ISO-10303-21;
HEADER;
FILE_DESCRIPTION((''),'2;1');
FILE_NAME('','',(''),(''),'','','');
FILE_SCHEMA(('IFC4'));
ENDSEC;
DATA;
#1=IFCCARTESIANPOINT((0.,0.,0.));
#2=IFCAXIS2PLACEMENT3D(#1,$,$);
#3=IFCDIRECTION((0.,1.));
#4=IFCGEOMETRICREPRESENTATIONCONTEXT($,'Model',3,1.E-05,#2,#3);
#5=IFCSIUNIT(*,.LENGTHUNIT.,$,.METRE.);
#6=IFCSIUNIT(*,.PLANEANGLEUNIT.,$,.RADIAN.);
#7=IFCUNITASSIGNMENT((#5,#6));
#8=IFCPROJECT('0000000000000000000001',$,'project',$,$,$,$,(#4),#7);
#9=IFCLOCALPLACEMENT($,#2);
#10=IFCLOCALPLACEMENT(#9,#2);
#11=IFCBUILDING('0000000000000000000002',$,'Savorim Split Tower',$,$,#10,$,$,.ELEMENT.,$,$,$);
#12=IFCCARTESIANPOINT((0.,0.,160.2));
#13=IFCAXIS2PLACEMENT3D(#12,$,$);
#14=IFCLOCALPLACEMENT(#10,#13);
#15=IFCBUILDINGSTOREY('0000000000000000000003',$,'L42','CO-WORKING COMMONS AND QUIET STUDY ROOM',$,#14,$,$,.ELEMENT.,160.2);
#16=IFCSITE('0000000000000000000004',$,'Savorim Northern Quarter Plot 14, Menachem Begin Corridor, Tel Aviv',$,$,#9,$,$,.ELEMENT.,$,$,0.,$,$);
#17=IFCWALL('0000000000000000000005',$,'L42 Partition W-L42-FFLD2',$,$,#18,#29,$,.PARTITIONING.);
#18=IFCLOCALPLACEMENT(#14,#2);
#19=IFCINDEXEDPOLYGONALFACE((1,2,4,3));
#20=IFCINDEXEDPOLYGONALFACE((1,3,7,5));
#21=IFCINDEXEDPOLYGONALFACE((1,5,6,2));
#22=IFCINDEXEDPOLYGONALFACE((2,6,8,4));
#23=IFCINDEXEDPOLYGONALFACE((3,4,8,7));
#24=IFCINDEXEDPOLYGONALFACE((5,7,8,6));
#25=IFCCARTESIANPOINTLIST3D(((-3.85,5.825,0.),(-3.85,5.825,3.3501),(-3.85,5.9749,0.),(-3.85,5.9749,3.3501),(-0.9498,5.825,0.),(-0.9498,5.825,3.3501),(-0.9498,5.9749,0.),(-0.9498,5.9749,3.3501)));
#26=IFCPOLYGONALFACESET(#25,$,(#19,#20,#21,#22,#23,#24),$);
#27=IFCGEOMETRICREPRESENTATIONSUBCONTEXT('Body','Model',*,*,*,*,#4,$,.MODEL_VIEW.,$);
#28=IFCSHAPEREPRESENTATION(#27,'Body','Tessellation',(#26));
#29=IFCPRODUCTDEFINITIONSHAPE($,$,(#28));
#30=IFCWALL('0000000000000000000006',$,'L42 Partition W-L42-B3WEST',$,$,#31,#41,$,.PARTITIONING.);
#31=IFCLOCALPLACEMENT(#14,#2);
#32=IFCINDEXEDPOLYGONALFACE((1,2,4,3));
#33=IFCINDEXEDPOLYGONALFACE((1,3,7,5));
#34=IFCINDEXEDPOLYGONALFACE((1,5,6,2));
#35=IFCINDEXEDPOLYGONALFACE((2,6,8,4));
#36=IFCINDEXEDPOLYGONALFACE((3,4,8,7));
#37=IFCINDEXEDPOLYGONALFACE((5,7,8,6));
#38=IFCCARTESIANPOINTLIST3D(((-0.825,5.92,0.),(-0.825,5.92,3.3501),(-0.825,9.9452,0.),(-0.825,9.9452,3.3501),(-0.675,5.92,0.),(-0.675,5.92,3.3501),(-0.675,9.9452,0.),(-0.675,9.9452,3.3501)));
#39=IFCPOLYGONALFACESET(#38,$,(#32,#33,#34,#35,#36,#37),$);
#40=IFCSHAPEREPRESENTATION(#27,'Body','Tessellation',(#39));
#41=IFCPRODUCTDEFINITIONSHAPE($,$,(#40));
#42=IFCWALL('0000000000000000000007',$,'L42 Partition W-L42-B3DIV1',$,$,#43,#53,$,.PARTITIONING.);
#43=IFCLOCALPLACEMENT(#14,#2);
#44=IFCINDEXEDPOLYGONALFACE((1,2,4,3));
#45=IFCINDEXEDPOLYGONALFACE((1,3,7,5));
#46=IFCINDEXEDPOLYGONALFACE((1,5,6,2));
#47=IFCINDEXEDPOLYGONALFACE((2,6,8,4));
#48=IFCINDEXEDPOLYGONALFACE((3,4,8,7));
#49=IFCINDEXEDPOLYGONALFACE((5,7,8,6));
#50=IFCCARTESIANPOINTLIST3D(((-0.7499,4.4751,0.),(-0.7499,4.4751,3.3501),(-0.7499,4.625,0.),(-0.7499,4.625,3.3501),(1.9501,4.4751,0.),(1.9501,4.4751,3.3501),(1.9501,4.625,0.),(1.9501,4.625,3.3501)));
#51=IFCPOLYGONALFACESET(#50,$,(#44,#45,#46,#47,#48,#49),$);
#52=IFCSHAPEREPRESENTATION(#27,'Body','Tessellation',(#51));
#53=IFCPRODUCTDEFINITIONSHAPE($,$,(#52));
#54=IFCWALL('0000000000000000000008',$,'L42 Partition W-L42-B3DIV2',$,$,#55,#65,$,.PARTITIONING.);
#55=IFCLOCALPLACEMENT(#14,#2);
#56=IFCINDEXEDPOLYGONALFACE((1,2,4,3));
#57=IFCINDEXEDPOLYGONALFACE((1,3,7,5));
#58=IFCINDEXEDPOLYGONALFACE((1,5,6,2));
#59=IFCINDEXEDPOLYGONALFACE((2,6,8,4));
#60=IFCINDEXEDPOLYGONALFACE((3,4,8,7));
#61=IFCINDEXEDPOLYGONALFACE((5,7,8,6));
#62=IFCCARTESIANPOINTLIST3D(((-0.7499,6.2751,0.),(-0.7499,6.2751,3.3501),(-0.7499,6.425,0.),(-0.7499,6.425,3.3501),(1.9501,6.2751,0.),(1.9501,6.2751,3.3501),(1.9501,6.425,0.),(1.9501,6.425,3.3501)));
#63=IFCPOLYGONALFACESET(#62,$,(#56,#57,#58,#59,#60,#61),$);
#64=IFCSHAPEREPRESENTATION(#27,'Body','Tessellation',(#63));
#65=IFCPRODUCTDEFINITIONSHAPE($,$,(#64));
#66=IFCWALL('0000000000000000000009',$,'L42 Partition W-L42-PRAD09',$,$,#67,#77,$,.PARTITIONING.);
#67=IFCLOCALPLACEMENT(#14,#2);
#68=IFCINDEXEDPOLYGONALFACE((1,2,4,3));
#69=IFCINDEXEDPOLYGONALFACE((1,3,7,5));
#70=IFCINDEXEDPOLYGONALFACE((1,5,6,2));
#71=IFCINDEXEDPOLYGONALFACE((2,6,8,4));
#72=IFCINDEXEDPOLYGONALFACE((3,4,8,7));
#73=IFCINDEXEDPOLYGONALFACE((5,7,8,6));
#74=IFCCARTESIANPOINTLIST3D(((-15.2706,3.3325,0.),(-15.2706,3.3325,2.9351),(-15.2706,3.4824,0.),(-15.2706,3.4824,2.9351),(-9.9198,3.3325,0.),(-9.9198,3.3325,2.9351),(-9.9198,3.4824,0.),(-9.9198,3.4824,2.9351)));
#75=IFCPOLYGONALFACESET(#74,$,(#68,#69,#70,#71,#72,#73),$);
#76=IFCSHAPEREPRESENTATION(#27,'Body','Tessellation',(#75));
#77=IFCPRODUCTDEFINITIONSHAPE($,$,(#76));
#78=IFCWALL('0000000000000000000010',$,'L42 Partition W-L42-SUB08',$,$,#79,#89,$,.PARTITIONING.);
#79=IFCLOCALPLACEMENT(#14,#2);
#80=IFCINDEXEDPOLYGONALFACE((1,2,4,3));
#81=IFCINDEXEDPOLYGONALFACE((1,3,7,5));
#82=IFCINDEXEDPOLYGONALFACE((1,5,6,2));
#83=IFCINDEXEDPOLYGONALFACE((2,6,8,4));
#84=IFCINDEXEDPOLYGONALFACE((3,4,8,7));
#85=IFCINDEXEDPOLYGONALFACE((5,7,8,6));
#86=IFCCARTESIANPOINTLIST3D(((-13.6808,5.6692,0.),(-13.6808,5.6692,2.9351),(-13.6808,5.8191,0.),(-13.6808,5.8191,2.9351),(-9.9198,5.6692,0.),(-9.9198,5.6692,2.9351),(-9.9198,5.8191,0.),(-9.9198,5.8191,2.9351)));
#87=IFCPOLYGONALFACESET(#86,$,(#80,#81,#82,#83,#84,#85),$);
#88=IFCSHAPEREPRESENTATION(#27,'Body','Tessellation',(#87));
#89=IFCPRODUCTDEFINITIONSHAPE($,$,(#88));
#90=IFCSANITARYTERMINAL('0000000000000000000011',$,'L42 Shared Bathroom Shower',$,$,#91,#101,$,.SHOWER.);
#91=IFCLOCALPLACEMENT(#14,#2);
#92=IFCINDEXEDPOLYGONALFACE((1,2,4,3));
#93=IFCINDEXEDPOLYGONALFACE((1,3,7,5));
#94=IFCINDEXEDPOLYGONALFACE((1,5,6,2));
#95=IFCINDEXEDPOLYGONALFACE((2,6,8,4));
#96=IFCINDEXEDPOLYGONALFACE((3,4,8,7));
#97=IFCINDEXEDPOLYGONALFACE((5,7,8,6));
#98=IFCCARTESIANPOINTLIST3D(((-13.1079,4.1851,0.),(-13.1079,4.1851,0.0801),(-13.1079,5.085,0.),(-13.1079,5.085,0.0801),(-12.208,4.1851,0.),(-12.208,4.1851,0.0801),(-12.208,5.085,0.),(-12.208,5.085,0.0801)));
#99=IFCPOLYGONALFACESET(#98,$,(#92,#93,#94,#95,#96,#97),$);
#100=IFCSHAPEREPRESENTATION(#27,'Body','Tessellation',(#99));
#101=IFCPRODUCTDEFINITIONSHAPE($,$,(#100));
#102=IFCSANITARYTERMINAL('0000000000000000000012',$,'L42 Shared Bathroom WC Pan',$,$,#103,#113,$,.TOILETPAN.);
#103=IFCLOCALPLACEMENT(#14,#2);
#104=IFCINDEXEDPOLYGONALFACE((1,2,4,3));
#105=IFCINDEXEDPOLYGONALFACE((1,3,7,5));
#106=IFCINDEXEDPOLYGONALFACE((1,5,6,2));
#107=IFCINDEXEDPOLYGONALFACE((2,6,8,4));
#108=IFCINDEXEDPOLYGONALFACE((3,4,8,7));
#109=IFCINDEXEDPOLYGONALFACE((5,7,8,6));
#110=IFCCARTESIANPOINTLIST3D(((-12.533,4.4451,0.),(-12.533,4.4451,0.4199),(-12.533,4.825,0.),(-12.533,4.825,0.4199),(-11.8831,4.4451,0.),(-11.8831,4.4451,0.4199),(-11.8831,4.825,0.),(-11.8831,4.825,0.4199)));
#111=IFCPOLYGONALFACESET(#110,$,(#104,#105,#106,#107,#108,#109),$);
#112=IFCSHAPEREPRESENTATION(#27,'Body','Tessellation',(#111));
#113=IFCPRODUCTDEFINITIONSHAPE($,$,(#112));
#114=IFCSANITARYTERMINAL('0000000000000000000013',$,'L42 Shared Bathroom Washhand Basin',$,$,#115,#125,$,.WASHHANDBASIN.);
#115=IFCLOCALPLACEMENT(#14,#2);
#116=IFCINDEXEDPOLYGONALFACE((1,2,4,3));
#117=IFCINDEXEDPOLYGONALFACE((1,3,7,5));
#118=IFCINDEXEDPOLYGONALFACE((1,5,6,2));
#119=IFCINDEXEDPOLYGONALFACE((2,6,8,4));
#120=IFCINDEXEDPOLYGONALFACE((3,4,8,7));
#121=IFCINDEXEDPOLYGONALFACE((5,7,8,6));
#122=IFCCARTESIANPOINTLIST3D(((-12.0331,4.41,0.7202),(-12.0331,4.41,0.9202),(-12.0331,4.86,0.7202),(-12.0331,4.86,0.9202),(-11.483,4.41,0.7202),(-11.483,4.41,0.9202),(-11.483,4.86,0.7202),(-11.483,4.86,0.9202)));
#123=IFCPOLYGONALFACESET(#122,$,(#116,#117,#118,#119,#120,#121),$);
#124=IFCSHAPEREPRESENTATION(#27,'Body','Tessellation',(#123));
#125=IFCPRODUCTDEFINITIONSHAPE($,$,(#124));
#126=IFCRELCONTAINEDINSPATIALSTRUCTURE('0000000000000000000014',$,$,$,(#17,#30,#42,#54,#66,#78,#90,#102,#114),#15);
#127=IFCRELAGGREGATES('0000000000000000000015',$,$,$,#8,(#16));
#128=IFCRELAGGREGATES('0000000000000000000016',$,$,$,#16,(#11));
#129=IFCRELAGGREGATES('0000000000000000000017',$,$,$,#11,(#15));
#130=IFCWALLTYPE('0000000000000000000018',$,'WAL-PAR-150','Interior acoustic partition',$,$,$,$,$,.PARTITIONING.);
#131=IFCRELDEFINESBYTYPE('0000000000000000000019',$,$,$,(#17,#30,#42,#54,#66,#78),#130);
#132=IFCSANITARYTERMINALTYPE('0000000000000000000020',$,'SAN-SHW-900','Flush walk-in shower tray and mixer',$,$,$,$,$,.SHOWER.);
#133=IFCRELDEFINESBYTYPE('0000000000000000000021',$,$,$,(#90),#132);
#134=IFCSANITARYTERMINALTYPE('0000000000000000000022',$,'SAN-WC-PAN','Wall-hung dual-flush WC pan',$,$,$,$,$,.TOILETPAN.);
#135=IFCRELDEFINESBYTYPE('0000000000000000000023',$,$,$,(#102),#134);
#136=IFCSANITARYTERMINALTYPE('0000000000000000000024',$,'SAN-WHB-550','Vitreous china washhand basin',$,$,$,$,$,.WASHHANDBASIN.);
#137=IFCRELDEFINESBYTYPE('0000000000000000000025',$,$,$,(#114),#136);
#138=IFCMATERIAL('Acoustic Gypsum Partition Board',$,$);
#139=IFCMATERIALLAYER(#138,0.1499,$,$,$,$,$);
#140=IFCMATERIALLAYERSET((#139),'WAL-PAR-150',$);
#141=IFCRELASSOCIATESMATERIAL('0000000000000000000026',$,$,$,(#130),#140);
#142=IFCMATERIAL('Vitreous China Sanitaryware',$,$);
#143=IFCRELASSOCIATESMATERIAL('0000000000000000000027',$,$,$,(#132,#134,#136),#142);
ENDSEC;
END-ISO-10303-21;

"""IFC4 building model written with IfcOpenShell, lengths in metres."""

from ifc_helpers import new_model, si_unit, direction, frame, frame_2d, origin, origin_2d, place, context, subcontext, project, spatial, rectangle, extrude, material, layer, layer_set, type_object, element, save


model = new_model("IFC4")

# Units and contexts
model_context = context("Model", 3, precision=1e-05, world=origin(), true_north=direction((0.0, 1.0)))
body_context = subcontext(model_context, "Body", "Model", "MODEL_VIEW")
ifc_project = project(units=[si_unit("LENGTHUNIT", "METRE"), si_unit("PLANEANGLEUNIT", "RADIAN")], contexts=[model_context])

# Site, building, storey
site_placement = place(None, origin())
site = spatial("IfcSite", under=ifc_project, at=site_placement, Name="Savorim Northern Quarter Plot 14, Menachem Begin Corridor, Tel Aviv", CompositionType="ELEMENT", RefElevation=0.0)
building_placement = place(site_placement, origin())
building = spatial("IfcBuilding", under=site, at=building_placement, Name="Savorim Split Tower", CompositionType="ELEMENT")
storey_placement = place(building_placement, frame((0.0, 0.0, 160.2)))
storey = spatial("IfcBuildingStorey", under=building, at=storey_placement, Name="L42", Description="CO-WORKING COMMONS AND QUIET STUDY ROOM", CompositionType="ELEMENT", Elevation=160.2)

# Walls
ifc_material_1 = material(Name="Acoustic Gypsum Partition Board")
ifc_layer_1 = layer(ifc_material_1, 0.1499)
ifc_layer_set_1 = layer_set([ifc_layer_1], Name="WAL-PAR-150")
wall_type_1 = type_object("IfcWallType", Name="WAL-PAR-150", Description="Interior acoustic partition", PredefinedType="PARTITIONING", material=ifc_layer_set_1)
wall_1_placement = place(storey_placement, frame((-3.8501, 5.8999, 0.0), z_axis=(0.0, 0.0, 1.0), x_axis=(1.0, 0.0, 0.0)))
element("IfcWall", 1, at=wall_1_placement, inside=storey, type_object=wall_type_1, Name="L42 Partition W-L42-FFLD2", PredefinedType="PARTITIONING", context=body_context, shape_type="SweptSolid", body=[
    extrude(rectangle(XDim=2.9001, YDim=0.1499, at=frame_2d((1.4502, 0.0))), origin(), (0.0, 0.0, 1.0), 3.3501),
])
wall_2_placement = place(storey_placement, frame((-0.75, 5.9199, 0.0), z_axis=(0.0, 0.0, 1.0), x_axis=(0.0, 1.0, 0.0)))
element("IfcWall", 2, at=wall_2_placement, inside=storey, type_object=wall_type_1, Name="L42 Partition W-L42-B3WEST", PredefinedType="PARTITIONING", context=body_context, shape_type="SweptSolid", body=[
    extrude(rectangle(XDim=4.0251, YDim=0.1499, at=frame_2d((2.0127, 0.0))), origin(), (0.0, 0.0, 1.0), 3.3501),
])
for number, where, z_axis, x_axis, name in (
    (3, (-0.75, 4.55, 0.0), (0.0, 0.0, 1.0), (1.0, 0.0, 0.0), "L42 Partition W-L42-B3DIV1"),
    (4, (-0.75, 6.3501, 0.0), (0.0, 0.0, 1.0), (1.0, 0.0, 0.0), "L42 Partition W-L42-B3DIV2"),
):
    element("IfcWall", number, at=place(storey_placement, frame(where, z_axis=z_axis, x_axis=x_axis)), inside=storey, type_object=wall_type_1, Name=name, PredefinedType="PARTITIONING", context=body_context, shape_type="SweptSolid", body=[
        extrude(rectangle(XDim=2.7, YDim=0.1499, at=frame_2d((1.3501, 0.0))), origin(), (0.0, 0.0, 1.0), 3.3501),
    ])
wall_3_placement = place(storey_placement, frame((-9.9199, 3.4075, 0.0), z_axis=(0.0, 0.0, 1.0), x_axis=(-1.0, 0.0, 0.0)))
element("IfcWall", 5, at=wall_3_placement, inside=storey, type_object=wall_type_1, Name="L42 Partition W-L42-PRAD09", PredefinedType="PARTITIONING", context=body_context, shape_type="SweptSolid", body=[
    extrude(rectangle(XDim=5.3508, YDim=0.1499, at=frame_2d((2.6753, 0.0))), origin(), (0.0, 0.0, 1.0), 2.9351),
])
wall_4_placement = place(storey_placement, frame((-9.9199, 5.7441, 0.0), z_axis=(0.0, 0.0, 1.0), x_axis=(-1.0, 0.0, 0.0)))
element("IfcWall", 6, at=wall_4_placement, inside=storey, type_object=wall_type_1, Name="L42 Partition W-L42-SUB08", PredefinedType="PARTITIONING", context=body_context, shape_type="SweptSolid", body=[
    extrude(rectangle(XDim=3.761, YDim=0.1499, at=frame_2d((1.8804, 0.0))), origin(), (0.0, 0.0, 1.0), 2.9351),
])

# Sanitary terminals
ifc_material_2 = material(Name="Vitreous China Sanitaryware")
sanitary_terminal_type_1 = type_object("IfcSanitaryTerminalType", Name="SAN-SHW-900", Description="Flush walk-in shower tray and mixer", PredefinedType="SHOWER", material=ifc_material_2)
sanitary_terminal_1_placement = place(storey_placement, frame((-12.658, 4.635, 0.0), z_axis=(0.0, 0.0, 1.0), x_axis=(1.0, 0.0, 0.0)))
element("IfcSanitaryTerminal", 7, at=sanitary_terminal_1_placement, inside=storey, type_object=sanitary_terminal_type_1, Name="L42 Shared Bathroom Shower", PredefinedType="SHOWER", context=body_context, shape_type="SweptSolid", body=[
    extrude(rectangle(XDim=0.8999, YDim=0.8999, at=origin_2d()), origin(), (0.0, 0.0, 1.0), 0.0801),
])
sanitary_terminal_type_2 = type_object("IfcSanitaryTerminalType", Name="SAN-WC-PAN", Description="Wall-hung dual-flush WC pan", PredefinedType="TOILETPAN", material=ifc_material_2)
sanitary_terminal_2_placement = place(storey_placement, frame((-12.208, 4.635, 0.0), z_axis=(0.0, 0.0, 1.0), x_axis=(1.0, 0.0, 0.0)))
element("IfcSanitaryTerminal", 8, at=sanitary_terminal_2_placement, inside=storey, type_object=sanitary_terminal_type_2, Name="L42 Shared Bathroom WC Pan", PredefinedType="TOILETPAN", context=body_context, shape_type="SweptSolid", body=[
    extrude(rectangle(XDim=0.6499, YDim=0.3799, at=origin_2d()), origin(), (0.0, 0.0, 1.0), 0.4199),
])
sanitary_terminal_type_3 = type_object("IfcSanitaryTerminalType", Name="SAN-WHB-550", Description="Vitreous china washhand basin", PredefinedType="WASHHANDBASIN", material=ifc_material_2)
sanitary_terminal_3_placement = place(storey_placement, frame((-11.7581, 4.635, 0.7202), z_axis=(0.0, 0.0, 1.0), x_axis=(1.0, 0.0, 0.0)))
element("IfcSanitaryTerminal", 9, at=sanitary_terminal_3_placement, inside=storey, type_object=sanitary_terminal_type_3, Name="L42 Shared Bathroom Washhand Basin", PredefinedType="WASHHANDBASIN", context=body_context, shape_type="SweptSolid", body=[
    extrude(rectangle(XDim=0.55, YDim=0.45, at=origin_2d()), origin(), (0.0, 0.0, 1.0), 0.2),
])

save(model, "model.ifc")
